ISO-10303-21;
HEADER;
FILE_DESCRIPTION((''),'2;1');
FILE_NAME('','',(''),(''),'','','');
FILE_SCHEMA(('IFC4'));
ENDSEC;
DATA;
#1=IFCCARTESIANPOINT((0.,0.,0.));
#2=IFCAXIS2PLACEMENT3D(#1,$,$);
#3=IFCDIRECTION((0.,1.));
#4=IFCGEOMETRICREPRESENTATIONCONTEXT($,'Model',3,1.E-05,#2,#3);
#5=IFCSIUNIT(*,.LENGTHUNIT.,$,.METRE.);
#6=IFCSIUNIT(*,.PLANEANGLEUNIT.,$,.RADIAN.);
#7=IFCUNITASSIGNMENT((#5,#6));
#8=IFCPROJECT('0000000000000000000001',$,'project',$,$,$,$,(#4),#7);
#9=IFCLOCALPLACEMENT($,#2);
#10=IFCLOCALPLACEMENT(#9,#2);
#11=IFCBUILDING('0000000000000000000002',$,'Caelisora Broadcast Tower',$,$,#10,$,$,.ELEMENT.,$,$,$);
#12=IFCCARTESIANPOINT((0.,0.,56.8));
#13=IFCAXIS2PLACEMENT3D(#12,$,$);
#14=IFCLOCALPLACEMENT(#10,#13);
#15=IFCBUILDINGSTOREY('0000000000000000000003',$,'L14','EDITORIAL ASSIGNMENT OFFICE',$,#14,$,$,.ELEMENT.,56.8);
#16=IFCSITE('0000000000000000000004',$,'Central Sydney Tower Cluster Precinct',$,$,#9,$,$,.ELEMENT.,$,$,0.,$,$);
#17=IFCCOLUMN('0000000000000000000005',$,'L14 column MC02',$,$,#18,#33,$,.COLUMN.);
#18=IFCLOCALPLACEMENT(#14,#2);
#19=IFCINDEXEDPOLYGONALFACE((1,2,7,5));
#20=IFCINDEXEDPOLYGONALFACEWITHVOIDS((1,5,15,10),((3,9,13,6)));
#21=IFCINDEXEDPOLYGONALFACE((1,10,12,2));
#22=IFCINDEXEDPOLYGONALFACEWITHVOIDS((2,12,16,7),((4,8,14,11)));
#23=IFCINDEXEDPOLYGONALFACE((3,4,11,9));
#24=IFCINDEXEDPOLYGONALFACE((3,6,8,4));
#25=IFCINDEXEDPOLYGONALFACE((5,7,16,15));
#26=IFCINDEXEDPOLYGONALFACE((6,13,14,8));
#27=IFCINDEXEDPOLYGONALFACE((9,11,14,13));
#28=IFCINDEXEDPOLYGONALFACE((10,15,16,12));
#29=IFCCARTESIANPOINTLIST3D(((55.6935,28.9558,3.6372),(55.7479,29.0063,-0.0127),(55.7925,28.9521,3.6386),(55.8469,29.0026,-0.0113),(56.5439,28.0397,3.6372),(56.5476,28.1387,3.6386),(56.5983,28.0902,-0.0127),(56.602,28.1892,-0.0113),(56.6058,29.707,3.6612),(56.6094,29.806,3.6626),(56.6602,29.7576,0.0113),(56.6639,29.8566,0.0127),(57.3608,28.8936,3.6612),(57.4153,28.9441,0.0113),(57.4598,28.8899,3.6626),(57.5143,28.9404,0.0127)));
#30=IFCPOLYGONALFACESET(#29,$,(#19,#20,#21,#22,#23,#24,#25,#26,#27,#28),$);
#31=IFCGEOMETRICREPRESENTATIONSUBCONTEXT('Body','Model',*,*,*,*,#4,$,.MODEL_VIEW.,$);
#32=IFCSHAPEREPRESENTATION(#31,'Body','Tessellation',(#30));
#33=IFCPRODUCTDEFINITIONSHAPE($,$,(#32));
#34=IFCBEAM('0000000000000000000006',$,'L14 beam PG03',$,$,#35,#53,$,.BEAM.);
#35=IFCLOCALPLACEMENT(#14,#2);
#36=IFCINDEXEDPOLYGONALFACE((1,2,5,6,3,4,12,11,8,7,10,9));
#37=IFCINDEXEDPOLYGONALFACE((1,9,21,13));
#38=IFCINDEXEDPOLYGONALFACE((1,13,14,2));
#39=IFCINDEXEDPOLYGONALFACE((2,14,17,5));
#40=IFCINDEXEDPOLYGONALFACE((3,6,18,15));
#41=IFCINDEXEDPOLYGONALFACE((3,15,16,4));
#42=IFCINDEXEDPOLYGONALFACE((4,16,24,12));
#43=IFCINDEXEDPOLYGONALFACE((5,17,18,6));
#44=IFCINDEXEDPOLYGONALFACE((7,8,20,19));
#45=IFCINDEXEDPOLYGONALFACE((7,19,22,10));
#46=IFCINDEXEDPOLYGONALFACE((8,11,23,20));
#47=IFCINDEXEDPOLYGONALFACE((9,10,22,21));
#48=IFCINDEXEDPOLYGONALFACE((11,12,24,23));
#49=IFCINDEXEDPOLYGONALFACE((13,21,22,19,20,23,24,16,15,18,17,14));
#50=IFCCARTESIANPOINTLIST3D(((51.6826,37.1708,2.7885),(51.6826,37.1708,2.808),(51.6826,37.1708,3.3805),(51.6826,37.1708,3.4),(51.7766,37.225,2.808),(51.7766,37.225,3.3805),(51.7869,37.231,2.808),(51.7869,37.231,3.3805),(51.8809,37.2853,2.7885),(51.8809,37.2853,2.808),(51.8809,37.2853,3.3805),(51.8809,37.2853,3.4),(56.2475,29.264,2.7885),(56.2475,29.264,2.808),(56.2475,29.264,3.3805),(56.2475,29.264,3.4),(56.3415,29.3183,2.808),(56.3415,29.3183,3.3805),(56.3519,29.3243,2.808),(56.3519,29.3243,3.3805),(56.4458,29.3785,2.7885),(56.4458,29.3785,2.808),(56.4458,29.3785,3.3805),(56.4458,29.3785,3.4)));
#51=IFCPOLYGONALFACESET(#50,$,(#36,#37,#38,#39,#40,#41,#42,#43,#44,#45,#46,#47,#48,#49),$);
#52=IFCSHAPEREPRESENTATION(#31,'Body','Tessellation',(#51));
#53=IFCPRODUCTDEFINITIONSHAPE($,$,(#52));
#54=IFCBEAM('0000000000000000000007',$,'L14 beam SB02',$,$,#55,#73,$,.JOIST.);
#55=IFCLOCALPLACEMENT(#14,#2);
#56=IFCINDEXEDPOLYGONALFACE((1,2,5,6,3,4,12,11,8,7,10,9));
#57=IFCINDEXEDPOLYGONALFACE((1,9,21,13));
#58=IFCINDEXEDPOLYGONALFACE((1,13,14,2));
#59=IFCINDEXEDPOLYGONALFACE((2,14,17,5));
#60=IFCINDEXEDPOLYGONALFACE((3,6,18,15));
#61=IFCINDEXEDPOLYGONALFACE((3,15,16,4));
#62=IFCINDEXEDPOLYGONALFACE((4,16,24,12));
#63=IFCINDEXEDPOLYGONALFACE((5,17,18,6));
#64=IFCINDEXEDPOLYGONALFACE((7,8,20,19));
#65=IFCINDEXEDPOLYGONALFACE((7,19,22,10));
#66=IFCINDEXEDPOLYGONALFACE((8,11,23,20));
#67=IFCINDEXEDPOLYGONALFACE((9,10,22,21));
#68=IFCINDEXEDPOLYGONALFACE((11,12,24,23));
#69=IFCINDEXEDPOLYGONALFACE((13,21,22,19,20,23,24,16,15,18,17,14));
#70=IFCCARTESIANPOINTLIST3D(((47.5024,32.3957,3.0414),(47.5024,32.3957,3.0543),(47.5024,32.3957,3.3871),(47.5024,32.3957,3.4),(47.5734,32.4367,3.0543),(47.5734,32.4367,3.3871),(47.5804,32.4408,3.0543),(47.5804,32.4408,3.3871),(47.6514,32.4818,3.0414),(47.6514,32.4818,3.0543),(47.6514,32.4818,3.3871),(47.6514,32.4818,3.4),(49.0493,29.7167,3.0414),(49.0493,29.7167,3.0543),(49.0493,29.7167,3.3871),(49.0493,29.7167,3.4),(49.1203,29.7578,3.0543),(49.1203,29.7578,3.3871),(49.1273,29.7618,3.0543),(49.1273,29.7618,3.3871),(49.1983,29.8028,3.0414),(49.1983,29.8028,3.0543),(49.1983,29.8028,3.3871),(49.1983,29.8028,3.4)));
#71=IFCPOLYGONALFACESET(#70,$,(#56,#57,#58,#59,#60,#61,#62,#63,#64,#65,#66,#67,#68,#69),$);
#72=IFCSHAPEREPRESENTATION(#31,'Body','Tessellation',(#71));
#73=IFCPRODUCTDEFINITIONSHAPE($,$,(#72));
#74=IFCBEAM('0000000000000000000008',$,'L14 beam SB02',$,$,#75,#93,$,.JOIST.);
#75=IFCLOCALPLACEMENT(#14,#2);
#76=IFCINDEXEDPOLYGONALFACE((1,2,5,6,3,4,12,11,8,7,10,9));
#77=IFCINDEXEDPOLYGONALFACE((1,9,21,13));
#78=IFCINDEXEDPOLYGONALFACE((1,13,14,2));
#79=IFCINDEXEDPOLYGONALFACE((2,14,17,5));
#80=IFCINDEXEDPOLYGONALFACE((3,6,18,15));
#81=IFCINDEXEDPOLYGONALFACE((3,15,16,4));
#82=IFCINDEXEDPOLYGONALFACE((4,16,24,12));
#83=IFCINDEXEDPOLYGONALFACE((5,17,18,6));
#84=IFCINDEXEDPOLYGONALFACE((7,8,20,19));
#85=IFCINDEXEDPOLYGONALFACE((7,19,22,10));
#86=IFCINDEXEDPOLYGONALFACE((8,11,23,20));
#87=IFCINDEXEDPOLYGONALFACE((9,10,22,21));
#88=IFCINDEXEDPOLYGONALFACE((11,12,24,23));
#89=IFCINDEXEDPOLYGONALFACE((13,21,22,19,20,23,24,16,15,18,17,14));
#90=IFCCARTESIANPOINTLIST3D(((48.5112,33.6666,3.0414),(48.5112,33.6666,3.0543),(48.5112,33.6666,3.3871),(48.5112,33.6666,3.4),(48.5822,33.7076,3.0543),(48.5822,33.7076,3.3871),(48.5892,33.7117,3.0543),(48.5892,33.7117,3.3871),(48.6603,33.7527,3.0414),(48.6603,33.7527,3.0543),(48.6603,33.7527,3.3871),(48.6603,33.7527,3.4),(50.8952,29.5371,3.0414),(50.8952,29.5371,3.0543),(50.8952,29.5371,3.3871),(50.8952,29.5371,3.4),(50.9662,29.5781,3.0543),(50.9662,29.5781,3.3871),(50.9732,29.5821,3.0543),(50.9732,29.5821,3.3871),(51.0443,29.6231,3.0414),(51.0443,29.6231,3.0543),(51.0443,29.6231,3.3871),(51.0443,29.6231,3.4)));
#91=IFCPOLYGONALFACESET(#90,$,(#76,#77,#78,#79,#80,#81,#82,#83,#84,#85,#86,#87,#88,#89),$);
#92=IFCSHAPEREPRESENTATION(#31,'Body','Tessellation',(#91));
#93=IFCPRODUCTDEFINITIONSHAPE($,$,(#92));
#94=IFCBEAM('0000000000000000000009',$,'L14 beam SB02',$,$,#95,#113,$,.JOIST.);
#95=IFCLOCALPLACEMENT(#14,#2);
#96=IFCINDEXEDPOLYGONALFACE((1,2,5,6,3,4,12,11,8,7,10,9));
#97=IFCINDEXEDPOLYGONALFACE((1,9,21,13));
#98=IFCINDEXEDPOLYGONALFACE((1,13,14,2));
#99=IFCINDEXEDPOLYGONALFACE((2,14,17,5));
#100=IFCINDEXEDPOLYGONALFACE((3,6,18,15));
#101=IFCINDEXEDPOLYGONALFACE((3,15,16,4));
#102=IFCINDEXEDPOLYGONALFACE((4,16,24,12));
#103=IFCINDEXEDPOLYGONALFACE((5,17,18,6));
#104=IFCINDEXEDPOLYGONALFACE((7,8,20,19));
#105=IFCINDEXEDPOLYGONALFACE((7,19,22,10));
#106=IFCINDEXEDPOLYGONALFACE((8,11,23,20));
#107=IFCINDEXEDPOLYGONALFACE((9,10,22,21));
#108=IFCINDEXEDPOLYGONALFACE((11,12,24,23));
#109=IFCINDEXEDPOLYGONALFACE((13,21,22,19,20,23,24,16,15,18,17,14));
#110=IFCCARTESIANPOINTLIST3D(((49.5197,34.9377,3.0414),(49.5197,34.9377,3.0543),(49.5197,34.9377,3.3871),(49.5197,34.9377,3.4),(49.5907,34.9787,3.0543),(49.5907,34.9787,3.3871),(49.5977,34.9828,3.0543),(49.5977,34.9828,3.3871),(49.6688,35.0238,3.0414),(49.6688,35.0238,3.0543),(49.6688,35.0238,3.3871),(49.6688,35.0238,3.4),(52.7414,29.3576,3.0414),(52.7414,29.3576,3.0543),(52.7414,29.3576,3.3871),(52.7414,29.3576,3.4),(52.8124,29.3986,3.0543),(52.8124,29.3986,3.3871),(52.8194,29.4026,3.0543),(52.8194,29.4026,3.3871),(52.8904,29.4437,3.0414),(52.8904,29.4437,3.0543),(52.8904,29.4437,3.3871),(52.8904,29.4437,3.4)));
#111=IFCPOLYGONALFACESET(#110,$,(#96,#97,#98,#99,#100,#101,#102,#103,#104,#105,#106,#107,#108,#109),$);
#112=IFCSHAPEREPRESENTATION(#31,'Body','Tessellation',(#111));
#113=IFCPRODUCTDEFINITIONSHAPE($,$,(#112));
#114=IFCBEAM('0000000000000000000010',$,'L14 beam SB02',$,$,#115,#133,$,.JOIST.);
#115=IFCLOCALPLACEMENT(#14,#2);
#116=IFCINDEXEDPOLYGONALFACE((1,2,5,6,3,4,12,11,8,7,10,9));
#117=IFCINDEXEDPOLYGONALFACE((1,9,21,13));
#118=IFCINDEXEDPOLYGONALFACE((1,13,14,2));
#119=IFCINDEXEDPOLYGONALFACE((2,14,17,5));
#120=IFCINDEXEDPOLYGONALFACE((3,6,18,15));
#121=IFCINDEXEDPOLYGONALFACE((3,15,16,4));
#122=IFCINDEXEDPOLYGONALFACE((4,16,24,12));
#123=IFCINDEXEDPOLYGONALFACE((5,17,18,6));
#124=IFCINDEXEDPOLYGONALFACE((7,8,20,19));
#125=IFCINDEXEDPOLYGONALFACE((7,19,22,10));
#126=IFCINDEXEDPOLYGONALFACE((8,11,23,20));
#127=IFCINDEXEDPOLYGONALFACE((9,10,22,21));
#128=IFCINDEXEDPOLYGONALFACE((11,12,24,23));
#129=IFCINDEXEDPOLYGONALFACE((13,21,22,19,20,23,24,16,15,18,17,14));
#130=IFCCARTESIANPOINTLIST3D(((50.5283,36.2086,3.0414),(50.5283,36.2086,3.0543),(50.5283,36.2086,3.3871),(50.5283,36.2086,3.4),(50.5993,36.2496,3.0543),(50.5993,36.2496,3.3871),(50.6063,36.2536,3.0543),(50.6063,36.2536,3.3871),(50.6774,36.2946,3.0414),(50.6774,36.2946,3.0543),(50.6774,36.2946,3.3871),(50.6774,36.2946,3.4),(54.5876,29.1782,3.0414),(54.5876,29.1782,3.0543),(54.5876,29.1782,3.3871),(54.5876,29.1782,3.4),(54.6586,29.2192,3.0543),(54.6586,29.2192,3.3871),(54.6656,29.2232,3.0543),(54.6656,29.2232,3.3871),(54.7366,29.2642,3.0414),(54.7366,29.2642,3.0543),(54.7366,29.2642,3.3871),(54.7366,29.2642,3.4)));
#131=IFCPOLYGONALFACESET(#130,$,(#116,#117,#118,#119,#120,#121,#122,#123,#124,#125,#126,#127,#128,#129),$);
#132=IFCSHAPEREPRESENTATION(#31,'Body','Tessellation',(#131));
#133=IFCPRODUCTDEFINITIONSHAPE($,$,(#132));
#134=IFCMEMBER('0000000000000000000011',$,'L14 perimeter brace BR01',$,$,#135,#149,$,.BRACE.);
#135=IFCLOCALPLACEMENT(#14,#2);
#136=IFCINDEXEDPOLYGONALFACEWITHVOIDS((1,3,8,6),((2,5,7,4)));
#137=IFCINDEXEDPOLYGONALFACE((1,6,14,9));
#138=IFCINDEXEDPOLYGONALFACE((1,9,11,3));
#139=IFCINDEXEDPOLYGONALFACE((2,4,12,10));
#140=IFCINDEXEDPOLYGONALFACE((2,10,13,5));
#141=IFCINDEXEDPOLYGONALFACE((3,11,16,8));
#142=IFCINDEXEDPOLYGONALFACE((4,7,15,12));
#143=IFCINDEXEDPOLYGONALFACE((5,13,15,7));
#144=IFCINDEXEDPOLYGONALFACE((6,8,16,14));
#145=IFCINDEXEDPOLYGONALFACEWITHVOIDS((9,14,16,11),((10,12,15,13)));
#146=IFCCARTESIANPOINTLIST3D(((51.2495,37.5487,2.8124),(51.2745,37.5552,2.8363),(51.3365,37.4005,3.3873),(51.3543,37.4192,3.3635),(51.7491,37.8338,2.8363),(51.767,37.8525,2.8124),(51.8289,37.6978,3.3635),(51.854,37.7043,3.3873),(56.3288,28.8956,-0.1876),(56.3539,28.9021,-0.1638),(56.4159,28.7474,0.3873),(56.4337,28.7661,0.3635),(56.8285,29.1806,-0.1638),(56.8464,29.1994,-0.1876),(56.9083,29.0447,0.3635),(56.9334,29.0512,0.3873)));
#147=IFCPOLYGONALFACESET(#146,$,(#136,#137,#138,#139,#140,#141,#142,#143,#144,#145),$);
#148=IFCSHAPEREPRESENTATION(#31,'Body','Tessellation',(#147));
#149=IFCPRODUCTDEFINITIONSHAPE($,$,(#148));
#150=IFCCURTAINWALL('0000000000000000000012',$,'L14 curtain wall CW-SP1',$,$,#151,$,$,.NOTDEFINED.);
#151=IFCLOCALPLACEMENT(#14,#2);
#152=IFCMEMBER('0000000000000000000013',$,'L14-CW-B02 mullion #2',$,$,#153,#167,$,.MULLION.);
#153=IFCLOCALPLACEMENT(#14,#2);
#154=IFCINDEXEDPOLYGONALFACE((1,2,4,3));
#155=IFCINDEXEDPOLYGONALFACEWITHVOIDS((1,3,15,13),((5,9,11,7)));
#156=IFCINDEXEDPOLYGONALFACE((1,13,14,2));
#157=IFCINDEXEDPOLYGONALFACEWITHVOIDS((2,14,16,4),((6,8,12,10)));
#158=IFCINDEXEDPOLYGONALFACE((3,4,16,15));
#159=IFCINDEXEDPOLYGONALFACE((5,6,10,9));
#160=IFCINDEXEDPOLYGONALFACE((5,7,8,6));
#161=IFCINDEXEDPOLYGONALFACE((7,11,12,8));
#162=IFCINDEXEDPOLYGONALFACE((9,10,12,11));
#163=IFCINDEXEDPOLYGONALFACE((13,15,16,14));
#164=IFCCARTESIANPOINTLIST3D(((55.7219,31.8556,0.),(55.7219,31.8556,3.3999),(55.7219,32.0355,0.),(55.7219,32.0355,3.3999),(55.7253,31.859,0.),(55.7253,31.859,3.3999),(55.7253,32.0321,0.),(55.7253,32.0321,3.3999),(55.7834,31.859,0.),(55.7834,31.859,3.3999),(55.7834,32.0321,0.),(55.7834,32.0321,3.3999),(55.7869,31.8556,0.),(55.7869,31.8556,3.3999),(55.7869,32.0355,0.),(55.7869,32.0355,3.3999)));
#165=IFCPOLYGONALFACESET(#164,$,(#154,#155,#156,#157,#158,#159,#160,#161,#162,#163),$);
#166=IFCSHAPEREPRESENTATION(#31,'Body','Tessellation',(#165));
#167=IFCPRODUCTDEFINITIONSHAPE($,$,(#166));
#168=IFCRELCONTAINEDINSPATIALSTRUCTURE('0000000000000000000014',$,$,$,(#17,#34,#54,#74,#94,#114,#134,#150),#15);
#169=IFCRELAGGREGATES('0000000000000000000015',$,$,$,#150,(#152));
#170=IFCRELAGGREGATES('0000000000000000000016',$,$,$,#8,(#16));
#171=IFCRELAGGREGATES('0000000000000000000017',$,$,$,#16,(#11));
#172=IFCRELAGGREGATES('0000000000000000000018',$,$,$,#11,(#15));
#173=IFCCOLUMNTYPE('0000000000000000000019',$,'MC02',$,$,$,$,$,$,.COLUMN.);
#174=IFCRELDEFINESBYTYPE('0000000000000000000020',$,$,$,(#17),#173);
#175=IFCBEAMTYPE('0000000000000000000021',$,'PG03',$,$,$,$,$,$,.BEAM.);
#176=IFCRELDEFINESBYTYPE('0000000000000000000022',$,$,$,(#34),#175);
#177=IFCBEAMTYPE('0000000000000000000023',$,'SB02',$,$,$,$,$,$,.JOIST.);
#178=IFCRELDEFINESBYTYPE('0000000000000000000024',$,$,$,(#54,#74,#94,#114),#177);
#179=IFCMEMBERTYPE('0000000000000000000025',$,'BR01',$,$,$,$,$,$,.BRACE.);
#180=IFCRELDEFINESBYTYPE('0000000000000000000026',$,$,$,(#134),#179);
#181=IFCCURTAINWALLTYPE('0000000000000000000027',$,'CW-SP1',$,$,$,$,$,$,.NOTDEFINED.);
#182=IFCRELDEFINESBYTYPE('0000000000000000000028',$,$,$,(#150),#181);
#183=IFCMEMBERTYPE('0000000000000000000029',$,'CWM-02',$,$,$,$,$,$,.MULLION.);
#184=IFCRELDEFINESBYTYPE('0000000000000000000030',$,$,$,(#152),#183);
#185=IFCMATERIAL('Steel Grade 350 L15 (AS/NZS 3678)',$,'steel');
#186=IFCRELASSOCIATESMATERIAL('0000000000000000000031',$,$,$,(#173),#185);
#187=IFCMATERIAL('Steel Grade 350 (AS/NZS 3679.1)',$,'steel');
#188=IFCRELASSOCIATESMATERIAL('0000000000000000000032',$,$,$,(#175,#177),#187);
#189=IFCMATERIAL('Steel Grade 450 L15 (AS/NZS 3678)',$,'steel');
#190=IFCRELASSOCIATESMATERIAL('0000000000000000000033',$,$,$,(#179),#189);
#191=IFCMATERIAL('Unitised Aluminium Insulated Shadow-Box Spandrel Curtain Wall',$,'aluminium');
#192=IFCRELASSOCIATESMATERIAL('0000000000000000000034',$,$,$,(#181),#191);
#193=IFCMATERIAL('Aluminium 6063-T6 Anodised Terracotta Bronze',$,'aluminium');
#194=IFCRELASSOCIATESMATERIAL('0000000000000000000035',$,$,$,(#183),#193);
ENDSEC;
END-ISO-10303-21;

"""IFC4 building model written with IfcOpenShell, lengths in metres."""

from ifc_helpers import new_model, si_unit, direction, frame, origin, origin_2d, place, context, subcontext, project, spatial, hollow_rectangle, i_section, extrude, source, transform, mapped, material, material_profile, profile_set, type_object, type_shapes, element, aggregate, save


model = new_model("IFC4")

# Units and contexts
model_context = context("Model", 3, precision=1e-05, world=origin(), true_north=direction((0.0, 1.0)))
body_context = subcontext(model_context, "Body", "Model", "MODEL_VIEW")
ifc_project = project(units=[si_unit("LENGTHUNIT", "METRE"), si_unit("PLANEANGLEUNIT", "RADIAN")], contexts=[model_context])

# Site, building, storey
site_placement = place(None, origin())
site = spatial("IfcSite", under=ifc_project, at=site_placement, Name="Central Sydney Tower Cluster Precinct", CompositionType="ELEMENT", RefElevation=0.0)
building_placement = place(site_placement, origin())
building = spatial("IfcBuilding", under=site, at=building_placement, Name="Caelisora Broadcast Tower", CompositionType="ELEMENT")
storey_placement = place(building_placement, frame((0.0, 0.0, 56.8)))
storey = spatial("IfcBuildingStorey", under=building, at=storey_placement, Name="L14", Description="EDITORIAL ASSIGNMENT OFFICE", CompositionType="ELEMENT", Elevation=56.8)

# Column
ifc_material_1 = material(Name="Steel Grade 350 L15 (AS/NZS 3678)", Category="steel")
ifc_material_profile_1 = material_profile(ifc_material_1, hollow_rectangle(XDim=1.25, YDim=1.25, WallThickness=0.0701, at=origin_2d()), Name="Steel Grade 350 L15 (AS/NZS 3678)")
ifc_profile_set_1 = profile_set([ifc_material_profile_1], Name="Steel Grade 350 L15 (AS/NZS 3678)")
column_type = type_object("IfcColumnType", Name="MC02", PredefinedType="COLUMN", material=ifc_profile_set_1)
shared_shape_1 = source(origin(), body_context, "Body", "SweptSolid", [
    extrude(hollow_rectangle(XDim=1.25, YDim=1.25, WallThickness=0.0701, at=origin_2d()), origin(), (0.0, 0.0, 1.0), 3.6506),
])
type_shapes(column_type, [shared_shape_1])
column_placement = place(storey_placement, frame((56.6311, 28.9734, 0.0), z_axis=(-0.014913, -0.013843, 0.999793), x_axis=(0.680325, -0.732911, 0.0)))
element("IfcColumn", 1, at=column_placement, inside=storey, type_object=column_type, Name="L14 column MC02", PredefinedType="COLUMN", context=body_context, shape_type="MappedRepresentation", body=[
    mapped(shared_shape_1, transform((0.0, 0.0, 0.0), scale=1.0)),
])

# Beams
ifc_material_2 = material(Name="Steel Grade 350 (AS/NZS 3679.1)", Category="steel")
ifc_material_profile_2 = material_profile(ifc_material_2, i_section(OverallWidth=0.229, OverallDepth=0.6116, WebThickness=0.012, FlangeThickness=0.0195, at=origin_2d()), Name="Steel Grade 350 (AS/NZS 3679.1)")
ifc_profile_set_2 = profile_set([ifc_material_profile_2], Name="Steel Grade 350 (AS/NZS 3679.1)")
beam_type_1 = type_object("IfcBeamType", Name="PG03", PredefinedType="BEAM", material=ifc_profile_set_2)
shared_shape_2 = source(origin(), body_context, "Body", "SweptSolid", [
    extrude(i_section(OverallWidth=0.229, OverallDepth=0.6116, WebThickness=0.012, FlangeThickness=0.0195, at=origin_2d()), origin(), (0.0, 0.0, 1.0), 9.1299),
])
type_shapes(beam_type_1, [shared_shape_2])
beam_1_placement = place(storey_placement, frame((56.3467, 29.3213, 3.0942), z_axis=(-0.499999, 0.866026, 0.0), x_axis=(-0.866026, -0.499999, 0.0)))
element("IfcBeam", 2, at=beam_1_placement, inside=storey, type_object=beam_type_1, Name="L14 beam PG03", PredefinedType="BEAM", context=body_context, shape_type="MappedRepresentation", body=[
    mapped(shared_shape_2, transform((0.0, 0.0, 0.0), scale=1.0)),
])
ifc_material_profile_3 = material_profile(ifc_material_2, i_section(OverallWidth=0.1721, OverallDepth=0.3586, WebThickness=0.0081, FlangeThickness=0.0129, at=origin_2d()), Name="Steel Grade 350 (AS/NZS 3679.1)")
ifc_profile_set_3 = profile_set([ifc_material_profile_3], Name="Steel Grade 350 (AS/NZS 3679.1)")
beam_type_2 = type_object("IfcBeamType", Name="SB02", PredefinedType="JOIST", material=ifc_profile_set_3)
shared_shape_3 = source(origin(), body_context, "Body", "SweptSolid", [
    extrude(i_section(OverallWidth=0.1721, OverallDepth=0.3586, WebThickness=0.0081, FlangeThickness=0.0129, at=origin_2d()), origin(), (0.0, 0.0, 1.0), 3.0935),
])
beam_2_placement = place(storey_placement, frame((49.1238, 29.7598, 3.2207), z_axis=(-0.500044, 0.866, 0.0), x_axis=(-0.866, -0.500044, 0.0)))
element("IfcBeam", 3, at=beam_2_placement, inside=storey, type_object=beam_type_2, Name="L14 beam SB02", PredefinedType="JOIST", context=body_context, shape_type="MappedRepresentation", body=[
    mapped(shared_shape_3, transform((0.0, 0.0, 0.0), scale=1.0)),
])
shared_shape_4 = source(origin(), body_context, "Body", "SweptSolid", [
    extrude(i_section(OverallWidth=0.1721, OverallDepth=0.3586, WebThickness=0.0081, FlangeThickness=0.0129, at=origin_2d()), origin(), (0.0, 0.0, 1.0), 4.7683),
])
beam_3_placement = place(storey_placement, frame((50.9697, 29.5801, 3.2207), z_axis=(-0.499966, 0.866045, 0.0), x_axis=(-0.866045, -0.499966, 0.0)))
element("IfcBeam", 4, at=beam_3_placement, inside=storey, type_object=beam_type_2, Name="L14 beam SB02", PredefinedType="JOIST", context=body_context, shape_type="MappedRepresentation", body=[
    mapped(shared_shape_4, transform((0.0, 0.0, 0.0), scale=1.0)),
])
shared_shape_5 = source(origin(), body_context, "Body", "SweptSolid", [
    extrude(i_section(OverallWidth=0.1721, OverallDepth=0.3586, WebThickness=0.0081, FlangeThickness=0.0129, at=origin_2d()), origin(), (0.0, 0.0, 1.0), 6.4434),
])
beam_4_placement = place(storey_placement, frame((52.8159, 29.4006, 3.2207), z_axis=(-0.500002, 0.866024, 0.0), x_axis=(-0.866024, -0.500002, 0.0)))
element("IfcBeam", 5, at=beam_4_placement, inside=storey, type_object=beam_type_2, Name="L14 beam SB02", PredefinedType="JOIST", context=body_context, shape_type="MappedRepresentation", body=[
    mapped(shared_shape_5, transform((0.0, 0.0, 0.0), scale=1.0)),
])
shared_shape_6 = source(origin(), body_context, "Body", "SweptSolid", [
    extrude(i_section(OverallWidth=0.1721, OverallDepth=0.3586, WebThickness=0.0081, FlangeThickness=0.0129, at=origin_2d()), origin(), (0.0, 0.0, 1.0), 8.1182),
])
type_shapes(beam_type_2, [shared_shape_3, shared_shape_4, shared_shape_5, shared_shape_6])
beam_5_placement = place(storey_placement, frame((54.6621, 29.2212, 3.2207), z_axis=(-0.500024, 0.866012, 0.0), x_axis=(-0.866012, -0.500024, 0.0)))
element("IfcBeam", 6, at=beam_5_placement, inside=storey, type_object=beam_type_2, Name="L14 beam SB02", PredefinedType="JOIST", context=body_context, shape_type="MappedRepresentation", body=[
    mapped(shared_shape_6, transform((0.0, 0.0, 0.0), scale=1.0)),
])

# Member
ifc_material_3 = material(Name="Steel Grade 450 L15 (AS/NZS 3678)", Category="steel")
ifc_material_profile_4 = material_profile(ifc_material_3, hollow_rectangle(XDim=0.6001, YDim=0.6001, WallThickness=0.0249, at=origin_2d()), Name="Steel Grade 450 L15 (AS/NZS 3678)")
ifc_profile_set_4 = profile_set([ifc_material_profile_4], Name="Steel Grade 450 L15 (AS/NZS 3678)")
member_type_1 = type_object("IfcMemberType", Name="BR01", PredefinedType="BRACE", material=ifc_profile_set_4)
shared_shape_7 = source(origin(), body_context, "Body", "SweptSolid", [
    extrude(hollow_rectangle(XDim=0.6001, YDim=0.6001, WallThickness=0.0249, at=origin_2d()), origin(), (0.0, 0.0, 1.0), 10.4727),
])
type_shapes(member_type_1, [shared_shape_7])
member_1_placement = place(storey_placement, frame((56.6311, 28.9734, 0.0999), z_axis=(-0.485013, 0.826258, 0.286462), x_axis=(-0.8624, -0.506228, 0.0)))
element("IfcMember", 7, at=member_1_placement, inside=storey, type_object=member_type_1, Name="L14 perimeter brace BR01", PredefinedType="BRACE", context=body_context, shape_type="MappedRepresentation", body=[
    mapped(shared_shape_7, transform((0.0, 0.0, 0.0), scale=1.0)),
])

# Curtain wall, member
ifc_material_4 = material(Name="Unitised Aluminium Insulated Shadow-Box Spandrel Curtain Wall", Category="aluminium")
curtain_wall_type_1 = type_object("IfcCurtainWallType", Name="CW-SP1", PredefinedType="NOTDEFINED", material=ifc_material_4)
curtain_wall_1_placement = place(storey_placement, origin())
curtain_wall_1 = element("IfcCurtainWall", 8, at=curtain_wall_1_placement, inside=storey, type_object=curtain_wall_type_1, Name="L14 curtain wall CW-SP1", PredefinedType="NOTDEFINED")
ifc_material_5 = material(Name="Aluminium 6063-T6 Anodised Terracotta Bronze", Category="aluminium")
ifc_material_profile_5 = material_profile(ifc_material_5, hollow_rectangle(XDim=0.0649, YDim=0.1799, WallThickness=0.0034, at=origin_2d()), Name="Aluminium 6063-T6 Anodised Terracotta Bronze")
ifc_profile_set_5 = profile_set([ifc_material_profile_5], Name="Aluminium 6063-T6 Anodised Terracotta Bronze")
member_type_2 = type_object("IfcMemberType", Name="CWM-02", PredefinedType="MULLION", material=ifc_profile_set_5)
shared_shape_8 = source(origin(), body_context, "Body", "SweptSolid", [
    extrude(hollow_rectangle(XDim=0.0649, YDim=0.1799, WallThickness=0.0034, at=origin_2d()), origin(), (0.0, 0.0, 1.0), 3.3999),
])
type_shapes(member_type_2, [shared_shape_8])
member_2_placement = place(storey_placement, frame((55.7544, 31.9456, 0.0), z_axis=(0.0, 0.0, 1.0), x_axis=(1.0, 0.0, 0.0)))
member_2 = element("IfcMember", 9, at=member_2_placement, type_object=member_type_2, Name="L14-CW-B02 mullion #2", PredefinedType="MULLION", context=body_context, shape_type="MappedRepresentation", body=[
    mapped(shared_shape_8, transform((0.0, 0.0, 0.0), scale=1.0)),
])

aggregate(curtain_wall_1, [member_2])

save(model, "model.ifc")
